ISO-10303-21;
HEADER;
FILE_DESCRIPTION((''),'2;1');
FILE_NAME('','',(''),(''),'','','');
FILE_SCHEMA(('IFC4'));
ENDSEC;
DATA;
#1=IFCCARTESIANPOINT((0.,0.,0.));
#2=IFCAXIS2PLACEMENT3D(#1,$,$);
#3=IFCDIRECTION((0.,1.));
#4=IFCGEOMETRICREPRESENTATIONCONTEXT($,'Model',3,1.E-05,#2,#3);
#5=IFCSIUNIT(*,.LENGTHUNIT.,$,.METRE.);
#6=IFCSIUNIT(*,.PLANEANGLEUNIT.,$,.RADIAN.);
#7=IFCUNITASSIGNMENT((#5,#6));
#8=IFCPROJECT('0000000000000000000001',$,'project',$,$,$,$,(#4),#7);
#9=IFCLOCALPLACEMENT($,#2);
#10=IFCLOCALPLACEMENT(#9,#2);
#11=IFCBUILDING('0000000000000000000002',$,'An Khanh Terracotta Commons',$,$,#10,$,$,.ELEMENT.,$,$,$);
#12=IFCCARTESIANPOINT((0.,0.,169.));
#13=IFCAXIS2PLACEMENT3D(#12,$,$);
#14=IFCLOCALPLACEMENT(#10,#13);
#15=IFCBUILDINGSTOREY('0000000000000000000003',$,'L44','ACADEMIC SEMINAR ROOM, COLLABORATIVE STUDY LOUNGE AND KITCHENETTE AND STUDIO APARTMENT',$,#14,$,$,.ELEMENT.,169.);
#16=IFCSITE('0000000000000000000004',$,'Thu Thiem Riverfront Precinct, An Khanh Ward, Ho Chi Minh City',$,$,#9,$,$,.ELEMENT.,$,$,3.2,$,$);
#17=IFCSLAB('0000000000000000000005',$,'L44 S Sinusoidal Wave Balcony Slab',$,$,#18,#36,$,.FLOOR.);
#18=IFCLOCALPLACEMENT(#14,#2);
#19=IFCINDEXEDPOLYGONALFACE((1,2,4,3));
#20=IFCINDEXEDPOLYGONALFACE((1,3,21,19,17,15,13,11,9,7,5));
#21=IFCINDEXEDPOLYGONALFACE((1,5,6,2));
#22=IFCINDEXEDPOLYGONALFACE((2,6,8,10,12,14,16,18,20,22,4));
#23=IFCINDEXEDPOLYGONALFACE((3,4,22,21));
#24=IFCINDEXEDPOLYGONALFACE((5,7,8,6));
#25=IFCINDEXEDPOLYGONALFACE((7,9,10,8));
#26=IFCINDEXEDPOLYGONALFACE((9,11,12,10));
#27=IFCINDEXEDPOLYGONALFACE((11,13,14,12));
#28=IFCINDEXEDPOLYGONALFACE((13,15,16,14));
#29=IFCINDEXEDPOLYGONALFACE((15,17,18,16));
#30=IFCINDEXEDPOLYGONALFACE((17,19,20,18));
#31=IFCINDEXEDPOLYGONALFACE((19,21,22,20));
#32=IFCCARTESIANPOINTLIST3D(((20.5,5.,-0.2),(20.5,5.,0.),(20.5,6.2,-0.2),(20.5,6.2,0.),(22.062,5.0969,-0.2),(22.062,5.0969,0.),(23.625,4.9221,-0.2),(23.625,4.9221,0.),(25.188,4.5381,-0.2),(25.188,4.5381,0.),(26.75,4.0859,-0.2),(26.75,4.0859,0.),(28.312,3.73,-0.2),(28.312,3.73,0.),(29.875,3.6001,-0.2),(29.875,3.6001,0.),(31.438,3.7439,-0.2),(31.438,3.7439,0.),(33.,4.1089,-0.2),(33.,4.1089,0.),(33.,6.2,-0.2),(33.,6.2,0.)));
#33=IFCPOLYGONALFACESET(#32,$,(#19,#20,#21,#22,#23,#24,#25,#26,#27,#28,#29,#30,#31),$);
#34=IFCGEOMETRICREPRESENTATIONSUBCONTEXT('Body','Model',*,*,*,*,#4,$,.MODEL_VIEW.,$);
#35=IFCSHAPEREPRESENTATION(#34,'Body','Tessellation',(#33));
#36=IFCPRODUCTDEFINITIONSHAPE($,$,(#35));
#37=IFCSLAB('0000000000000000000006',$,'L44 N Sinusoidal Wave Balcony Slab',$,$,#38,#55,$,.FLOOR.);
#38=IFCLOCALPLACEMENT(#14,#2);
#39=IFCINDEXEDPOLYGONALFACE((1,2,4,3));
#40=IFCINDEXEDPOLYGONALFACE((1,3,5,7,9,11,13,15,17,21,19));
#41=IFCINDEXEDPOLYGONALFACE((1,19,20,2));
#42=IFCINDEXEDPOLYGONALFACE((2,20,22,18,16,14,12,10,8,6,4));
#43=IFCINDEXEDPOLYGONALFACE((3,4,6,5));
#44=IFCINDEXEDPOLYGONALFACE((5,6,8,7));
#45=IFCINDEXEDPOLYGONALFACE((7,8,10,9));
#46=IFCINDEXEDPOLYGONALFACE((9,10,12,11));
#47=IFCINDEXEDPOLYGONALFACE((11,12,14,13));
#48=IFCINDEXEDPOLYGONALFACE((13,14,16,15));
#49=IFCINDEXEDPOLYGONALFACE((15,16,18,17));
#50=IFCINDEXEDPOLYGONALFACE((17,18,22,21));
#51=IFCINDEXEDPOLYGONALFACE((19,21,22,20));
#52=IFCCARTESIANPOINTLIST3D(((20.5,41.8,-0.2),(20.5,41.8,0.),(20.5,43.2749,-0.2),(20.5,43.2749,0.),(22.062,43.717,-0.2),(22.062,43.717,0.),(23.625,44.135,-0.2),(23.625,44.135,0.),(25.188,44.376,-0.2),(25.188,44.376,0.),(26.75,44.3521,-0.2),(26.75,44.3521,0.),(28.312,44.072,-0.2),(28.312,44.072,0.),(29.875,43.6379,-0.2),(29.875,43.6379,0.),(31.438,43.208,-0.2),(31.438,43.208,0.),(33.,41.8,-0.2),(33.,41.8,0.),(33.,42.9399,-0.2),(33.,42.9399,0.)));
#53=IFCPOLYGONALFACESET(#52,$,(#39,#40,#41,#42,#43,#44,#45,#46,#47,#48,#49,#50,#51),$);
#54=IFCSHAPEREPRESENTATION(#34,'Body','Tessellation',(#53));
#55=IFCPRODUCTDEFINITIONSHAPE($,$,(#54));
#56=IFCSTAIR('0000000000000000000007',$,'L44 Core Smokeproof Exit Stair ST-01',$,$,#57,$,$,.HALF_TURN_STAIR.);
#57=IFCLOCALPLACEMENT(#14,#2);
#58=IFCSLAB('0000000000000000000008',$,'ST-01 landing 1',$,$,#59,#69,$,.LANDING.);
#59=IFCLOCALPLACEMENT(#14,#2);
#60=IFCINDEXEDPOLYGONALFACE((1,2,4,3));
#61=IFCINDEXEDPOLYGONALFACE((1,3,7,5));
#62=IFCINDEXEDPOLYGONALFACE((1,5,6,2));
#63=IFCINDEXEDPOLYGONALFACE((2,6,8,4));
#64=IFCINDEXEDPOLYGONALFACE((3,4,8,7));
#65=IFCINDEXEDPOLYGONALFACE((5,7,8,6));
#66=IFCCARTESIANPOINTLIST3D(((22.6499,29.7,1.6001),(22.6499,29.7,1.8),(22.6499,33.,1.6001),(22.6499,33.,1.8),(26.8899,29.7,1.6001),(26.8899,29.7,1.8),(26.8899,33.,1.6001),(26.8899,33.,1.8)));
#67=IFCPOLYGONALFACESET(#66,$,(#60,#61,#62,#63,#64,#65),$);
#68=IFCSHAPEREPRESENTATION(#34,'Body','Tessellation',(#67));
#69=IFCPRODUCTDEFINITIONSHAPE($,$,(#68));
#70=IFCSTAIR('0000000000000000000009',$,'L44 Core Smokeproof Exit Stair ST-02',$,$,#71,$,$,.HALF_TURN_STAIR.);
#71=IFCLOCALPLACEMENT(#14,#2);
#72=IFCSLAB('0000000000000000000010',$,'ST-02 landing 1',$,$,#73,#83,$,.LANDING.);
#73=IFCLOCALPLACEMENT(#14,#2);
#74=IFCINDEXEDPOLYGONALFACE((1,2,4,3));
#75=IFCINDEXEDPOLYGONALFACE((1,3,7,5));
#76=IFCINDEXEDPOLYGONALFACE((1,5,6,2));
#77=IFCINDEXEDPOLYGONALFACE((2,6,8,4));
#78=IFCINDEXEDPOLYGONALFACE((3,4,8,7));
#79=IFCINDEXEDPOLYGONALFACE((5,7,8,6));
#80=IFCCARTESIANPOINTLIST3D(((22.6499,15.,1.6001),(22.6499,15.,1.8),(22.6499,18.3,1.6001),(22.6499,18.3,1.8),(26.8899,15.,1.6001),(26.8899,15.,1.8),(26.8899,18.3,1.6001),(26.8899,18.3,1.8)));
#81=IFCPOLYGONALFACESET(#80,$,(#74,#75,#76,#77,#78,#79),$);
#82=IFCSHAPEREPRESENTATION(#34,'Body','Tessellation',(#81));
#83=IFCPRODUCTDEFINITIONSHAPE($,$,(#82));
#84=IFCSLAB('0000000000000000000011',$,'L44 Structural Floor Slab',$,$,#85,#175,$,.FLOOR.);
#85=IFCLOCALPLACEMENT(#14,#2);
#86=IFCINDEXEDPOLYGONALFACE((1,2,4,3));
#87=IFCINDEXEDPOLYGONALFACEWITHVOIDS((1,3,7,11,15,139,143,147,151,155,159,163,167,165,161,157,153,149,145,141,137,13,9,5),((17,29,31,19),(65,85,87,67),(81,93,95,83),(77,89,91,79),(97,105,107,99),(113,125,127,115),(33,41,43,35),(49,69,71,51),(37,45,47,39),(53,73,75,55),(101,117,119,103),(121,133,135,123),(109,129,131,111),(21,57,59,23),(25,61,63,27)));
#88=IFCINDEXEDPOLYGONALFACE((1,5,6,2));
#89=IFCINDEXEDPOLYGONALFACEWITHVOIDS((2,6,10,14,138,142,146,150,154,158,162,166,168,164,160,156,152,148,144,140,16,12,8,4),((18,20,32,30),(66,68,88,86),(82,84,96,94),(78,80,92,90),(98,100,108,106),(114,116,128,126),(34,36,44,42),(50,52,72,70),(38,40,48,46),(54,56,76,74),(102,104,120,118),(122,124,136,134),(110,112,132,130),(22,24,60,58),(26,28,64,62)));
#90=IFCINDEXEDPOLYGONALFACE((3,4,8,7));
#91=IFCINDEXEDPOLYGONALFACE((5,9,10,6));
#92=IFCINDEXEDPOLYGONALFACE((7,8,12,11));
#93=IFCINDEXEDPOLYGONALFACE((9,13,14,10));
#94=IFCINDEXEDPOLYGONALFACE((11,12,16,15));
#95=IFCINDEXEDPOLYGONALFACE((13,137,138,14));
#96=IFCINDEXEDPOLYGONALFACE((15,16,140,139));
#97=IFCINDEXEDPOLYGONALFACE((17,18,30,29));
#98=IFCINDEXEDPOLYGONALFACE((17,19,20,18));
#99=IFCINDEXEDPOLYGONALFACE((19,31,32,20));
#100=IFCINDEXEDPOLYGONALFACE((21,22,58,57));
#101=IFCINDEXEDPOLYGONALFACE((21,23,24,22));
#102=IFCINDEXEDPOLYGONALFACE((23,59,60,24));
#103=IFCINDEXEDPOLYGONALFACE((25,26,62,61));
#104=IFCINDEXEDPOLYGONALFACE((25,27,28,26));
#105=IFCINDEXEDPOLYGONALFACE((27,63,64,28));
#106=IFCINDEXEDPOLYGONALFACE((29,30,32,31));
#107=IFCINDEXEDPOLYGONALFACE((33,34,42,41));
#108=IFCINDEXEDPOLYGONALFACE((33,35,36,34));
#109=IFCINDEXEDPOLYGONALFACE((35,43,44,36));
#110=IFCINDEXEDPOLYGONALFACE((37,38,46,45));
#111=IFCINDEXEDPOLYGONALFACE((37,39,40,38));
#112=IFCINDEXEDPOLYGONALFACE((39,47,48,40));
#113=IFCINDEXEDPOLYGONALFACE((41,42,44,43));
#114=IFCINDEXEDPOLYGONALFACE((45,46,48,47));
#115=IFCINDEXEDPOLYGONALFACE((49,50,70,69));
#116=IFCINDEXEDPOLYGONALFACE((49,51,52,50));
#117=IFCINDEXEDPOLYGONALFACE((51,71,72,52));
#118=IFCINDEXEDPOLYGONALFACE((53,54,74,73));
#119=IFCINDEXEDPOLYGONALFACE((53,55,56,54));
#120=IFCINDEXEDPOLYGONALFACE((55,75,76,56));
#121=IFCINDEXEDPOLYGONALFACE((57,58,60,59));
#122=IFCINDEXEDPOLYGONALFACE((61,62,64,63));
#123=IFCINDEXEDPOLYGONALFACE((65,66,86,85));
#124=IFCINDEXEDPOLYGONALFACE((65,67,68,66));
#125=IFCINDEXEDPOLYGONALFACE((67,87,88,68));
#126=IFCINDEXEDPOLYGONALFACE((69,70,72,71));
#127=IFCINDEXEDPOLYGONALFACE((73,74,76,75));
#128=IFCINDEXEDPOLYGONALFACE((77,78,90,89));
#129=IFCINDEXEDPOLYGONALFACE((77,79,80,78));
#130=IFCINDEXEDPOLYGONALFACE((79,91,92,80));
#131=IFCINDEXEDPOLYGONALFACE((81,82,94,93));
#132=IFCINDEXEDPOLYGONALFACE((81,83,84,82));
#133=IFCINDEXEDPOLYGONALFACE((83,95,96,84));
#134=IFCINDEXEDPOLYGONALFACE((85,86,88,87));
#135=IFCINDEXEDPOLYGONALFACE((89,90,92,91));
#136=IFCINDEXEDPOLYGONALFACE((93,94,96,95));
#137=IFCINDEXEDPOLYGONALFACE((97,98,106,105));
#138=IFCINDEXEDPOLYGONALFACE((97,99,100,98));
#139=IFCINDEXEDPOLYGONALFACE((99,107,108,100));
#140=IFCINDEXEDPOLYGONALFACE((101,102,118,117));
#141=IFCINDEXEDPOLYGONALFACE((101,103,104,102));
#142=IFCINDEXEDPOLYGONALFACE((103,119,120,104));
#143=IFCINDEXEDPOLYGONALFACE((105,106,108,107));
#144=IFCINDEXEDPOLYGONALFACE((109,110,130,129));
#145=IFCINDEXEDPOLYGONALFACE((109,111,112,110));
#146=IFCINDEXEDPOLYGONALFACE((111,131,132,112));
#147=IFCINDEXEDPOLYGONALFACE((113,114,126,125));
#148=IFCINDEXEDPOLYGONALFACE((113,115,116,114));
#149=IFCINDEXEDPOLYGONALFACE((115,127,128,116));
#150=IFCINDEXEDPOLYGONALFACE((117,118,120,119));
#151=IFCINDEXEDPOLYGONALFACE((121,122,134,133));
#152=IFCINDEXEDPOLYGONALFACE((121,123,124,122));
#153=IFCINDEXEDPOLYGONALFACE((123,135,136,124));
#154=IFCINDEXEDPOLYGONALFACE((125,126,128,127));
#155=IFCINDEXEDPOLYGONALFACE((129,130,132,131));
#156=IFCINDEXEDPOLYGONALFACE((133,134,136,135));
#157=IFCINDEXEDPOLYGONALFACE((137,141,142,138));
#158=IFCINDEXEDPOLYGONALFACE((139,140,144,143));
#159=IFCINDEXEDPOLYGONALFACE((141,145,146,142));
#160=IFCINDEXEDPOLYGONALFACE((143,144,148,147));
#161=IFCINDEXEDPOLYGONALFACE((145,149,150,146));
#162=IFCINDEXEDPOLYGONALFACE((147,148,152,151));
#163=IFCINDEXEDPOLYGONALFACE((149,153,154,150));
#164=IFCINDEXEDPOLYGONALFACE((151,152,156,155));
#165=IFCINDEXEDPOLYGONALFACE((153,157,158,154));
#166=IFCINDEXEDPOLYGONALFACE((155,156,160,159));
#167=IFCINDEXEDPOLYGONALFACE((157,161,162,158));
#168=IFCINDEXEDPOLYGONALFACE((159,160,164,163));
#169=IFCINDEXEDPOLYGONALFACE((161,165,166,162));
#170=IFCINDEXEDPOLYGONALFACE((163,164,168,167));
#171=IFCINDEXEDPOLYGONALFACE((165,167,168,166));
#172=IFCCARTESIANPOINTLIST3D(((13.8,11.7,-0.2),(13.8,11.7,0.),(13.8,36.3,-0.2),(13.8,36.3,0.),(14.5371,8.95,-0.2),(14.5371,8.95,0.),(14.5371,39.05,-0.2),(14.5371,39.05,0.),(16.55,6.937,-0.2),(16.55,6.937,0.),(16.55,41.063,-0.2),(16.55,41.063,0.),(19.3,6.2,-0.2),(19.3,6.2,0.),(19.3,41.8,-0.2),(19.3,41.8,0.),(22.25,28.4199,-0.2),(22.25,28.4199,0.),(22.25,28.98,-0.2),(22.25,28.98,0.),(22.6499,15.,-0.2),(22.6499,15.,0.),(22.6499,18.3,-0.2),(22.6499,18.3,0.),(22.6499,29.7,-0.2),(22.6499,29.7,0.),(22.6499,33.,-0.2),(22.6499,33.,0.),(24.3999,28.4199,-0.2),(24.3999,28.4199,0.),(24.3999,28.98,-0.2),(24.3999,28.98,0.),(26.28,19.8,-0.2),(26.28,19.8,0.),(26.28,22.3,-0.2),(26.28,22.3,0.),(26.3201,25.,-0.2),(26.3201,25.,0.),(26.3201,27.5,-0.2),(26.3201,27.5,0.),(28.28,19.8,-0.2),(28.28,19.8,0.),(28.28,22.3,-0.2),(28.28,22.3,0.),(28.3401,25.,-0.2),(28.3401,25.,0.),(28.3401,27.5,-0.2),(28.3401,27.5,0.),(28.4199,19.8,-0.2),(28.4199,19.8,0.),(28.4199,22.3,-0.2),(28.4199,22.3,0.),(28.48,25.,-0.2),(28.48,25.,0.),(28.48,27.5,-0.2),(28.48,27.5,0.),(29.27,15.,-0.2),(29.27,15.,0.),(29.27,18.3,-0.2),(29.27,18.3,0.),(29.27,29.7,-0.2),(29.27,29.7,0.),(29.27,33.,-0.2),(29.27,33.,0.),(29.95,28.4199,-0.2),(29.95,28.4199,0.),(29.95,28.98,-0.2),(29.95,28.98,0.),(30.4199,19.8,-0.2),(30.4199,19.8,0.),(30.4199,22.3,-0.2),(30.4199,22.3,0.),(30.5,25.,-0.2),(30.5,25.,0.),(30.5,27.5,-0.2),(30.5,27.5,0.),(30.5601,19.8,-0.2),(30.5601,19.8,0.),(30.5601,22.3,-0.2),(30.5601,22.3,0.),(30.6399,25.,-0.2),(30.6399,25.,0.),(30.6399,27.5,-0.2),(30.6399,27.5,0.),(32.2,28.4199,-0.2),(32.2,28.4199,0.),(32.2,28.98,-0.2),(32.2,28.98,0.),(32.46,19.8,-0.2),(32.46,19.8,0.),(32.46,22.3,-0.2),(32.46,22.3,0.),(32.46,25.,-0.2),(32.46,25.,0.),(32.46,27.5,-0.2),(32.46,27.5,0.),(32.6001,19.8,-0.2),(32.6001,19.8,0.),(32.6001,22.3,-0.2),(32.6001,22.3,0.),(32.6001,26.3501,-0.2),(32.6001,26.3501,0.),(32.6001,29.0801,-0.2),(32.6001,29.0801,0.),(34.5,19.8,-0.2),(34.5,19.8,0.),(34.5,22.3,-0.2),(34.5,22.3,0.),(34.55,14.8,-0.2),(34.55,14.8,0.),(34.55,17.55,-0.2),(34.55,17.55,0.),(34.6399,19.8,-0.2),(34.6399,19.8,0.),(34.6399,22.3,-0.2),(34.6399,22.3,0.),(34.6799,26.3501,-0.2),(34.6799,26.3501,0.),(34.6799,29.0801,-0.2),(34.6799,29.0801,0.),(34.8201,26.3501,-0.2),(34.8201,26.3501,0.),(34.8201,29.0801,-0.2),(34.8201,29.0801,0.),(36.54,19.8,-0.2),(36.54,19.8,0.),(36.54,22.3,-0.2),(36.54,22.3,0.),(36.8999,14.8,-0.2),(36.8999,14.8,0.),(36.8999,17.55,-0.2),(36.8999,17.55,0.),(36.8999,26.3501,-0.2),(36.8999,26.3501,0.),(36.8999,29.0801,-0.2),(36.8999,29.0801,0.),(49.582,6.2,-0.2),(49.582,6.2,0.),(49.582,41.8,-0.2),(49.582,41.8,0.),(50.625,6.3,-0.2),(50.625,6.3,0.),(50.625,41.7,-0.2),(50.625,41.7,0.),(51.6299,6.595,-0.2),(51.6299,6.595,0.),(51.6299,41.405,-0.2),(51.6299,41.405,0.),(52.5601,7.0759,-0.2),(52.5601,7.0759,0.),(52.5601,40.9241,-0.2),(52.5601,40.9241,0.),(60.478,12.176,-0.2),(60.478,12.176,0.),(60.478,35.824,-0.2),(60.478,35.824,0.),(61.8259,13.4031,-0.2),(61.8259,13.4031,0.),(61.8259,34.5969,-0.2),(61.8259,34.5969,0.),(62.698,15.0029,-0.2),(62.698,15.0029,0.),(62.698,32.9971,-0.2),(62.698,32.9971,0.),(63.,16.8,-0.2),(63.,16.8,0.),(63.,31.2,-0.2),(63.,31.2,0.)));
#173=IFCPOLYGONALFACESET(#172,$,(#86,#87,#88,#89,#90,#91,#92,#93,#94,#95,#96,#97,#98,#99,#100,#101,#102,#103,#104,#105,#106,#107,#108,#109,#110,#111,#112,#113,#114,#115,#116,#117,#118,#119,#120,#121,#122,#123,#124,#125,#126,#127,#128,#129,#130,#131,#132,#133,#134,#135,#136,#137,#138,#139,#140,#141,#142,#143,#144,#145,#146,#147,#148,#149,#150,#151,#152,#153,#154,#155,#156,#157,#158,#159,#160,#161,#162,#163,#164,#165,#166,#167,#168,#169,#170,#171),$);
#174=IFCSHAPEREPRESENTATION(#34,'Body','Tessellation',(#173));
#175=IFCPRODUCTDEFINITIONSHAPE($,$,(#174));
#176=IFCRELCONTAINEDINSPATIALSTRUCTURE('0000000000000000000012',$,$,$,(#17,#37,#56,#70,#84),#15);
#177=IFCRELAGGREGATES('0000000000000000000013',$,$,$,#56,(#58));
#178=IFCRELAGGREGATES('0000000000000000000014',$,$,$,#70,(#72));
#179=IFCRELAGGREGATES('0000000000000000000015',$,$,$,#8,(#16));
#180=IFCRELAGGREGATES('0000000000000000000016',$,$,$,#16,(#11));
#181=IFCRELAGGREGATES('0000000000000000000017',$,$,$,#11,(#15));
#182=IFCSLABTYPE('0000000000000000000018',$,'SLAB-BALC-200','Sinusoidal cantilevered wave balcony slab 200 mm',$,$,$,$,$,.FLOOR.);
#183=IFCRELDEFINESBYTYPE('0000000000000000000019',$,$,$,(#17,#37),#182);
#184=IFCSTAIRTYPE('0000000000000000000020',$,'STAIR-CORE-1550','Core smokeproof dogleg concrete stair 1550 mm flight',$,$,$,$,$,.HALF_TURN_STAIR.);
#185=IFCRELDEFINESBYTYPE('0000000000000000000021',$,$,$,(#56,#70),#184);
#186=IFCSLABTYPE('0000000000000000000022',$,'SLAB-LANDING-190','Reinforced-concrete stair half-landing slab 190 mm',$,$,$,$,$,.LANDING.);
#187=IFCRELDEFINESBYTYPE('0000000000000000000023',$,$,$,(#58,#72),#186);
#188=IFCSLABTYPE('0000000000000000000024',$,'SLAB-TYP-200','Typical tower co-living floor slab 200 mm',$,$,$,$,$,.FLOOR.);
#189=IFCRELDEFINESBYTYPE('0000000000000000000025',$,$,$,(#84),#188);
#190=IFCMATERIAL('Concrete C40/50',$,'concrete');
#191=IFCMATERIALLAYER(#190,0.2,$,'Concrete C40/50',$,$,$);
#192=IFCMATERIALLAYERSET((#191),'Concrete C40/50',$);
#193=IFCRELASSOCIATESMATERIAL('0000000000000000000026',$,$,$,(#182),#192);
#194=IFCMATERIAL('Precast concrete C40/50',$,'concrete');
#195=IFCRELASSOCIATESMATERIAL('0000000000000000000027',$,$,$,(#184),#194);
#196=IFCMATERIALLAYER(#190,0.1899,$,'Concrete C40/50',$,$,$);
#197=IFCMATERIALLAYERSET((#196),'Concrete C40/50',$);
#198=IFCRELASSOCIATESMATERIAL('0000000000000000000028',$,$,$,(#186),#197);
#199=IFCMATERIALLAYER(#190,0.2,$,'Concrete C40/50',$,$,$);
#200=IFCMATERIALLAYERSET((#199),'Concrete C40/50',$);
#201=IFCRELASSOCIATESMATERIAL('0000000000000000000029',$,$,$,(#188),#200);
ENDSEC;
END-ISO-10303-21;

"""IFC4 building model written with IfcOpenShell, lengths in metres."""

from ifc_helpers import new_model, si_unit, direction, frame, origin, place, context, subcontext, project, spatial, polyline, outline, extrude, material, layer, layer_set, type_object, element, aggregate, save


model = new_model("IFC4")

# Units and contexts
model_context = context("Model", 3, precision=1e-05, world=origin(), true_north=direction((0.0, 1.0)))
body_context = subcontext(model_context, "Body", "Model", "MODEL_VIEW")
ifc_project = project(units=[si_unit("LENGTHUNIT", "METRE"), si_unit("PLANEANGLEUNIT", "RADIAN")], contexts=[model_context])

# Site, building, storey
site_placement = place(None, origin())
site = spatial("IfcSite", under=ifc_project, at=site_placement, Name="Thu Thiem Riverfront Precinct, An Khanh Ward, Ho Chi Minh City", CompositionType="ELEMENT", RefElevation=3.2)
building_placement = place(site_placement, origin())
building = spatial("IfcBuilding", under=site, at=building_placement, Name="An Khanh Terracotta Commons", CompositionType="ELEMENT")
storey_placement = place(building_placement, frame((0.0, 0.0, 169.0)))
storey = spatial("IfcBuildingStorey", under=building, at=storey_placement, Name="L44", Description="ACADEMIC SEMINAR ROOM, COLLABORATIVE STUDY LOUNGE AND KITCHENETTE AND STUDIO APARTMENT", CompositionType="ELEMENT", Elevation=169.0)

# Slabs
ifc_material_1 = material(Name="Concrete C40/50", Category="concrete")
ifc_layer_1 = layer(ifc_material_1, 0.2, Name="Concrete C40/50")
ifc_layer_set_1 = layer_set([ifc_layer_1], Name="Concrete C40/50")
slab_type_1 = type_object("IfcSlabType", Name="SLAB-BALC-200", Description="Sinusoidal cantilevered wave balcony slab 200 mm", PredefinedType="FLOOR", material=ifc_layer_set_1)
slab_1_placement = place(storey_placement, frame((0.0, 0.0, -0.2)))
element("IfcSlab", 1, at=slab_1_placement, inside=storey, type_object=slab_type_1, Name="L44 S Sinusoidal Wave Balcony Slab", PredefinedType="FLOOR", context=body_context, shape_type="SweptSolid", body=[
    extrude(outline(polyline([(20.5, 6.2), (20.5, 5.0), (22.062, 5.0969), (23.625, 4.9221), (25.188, 4.5381), (26.75, 4.0859), (28.312, 3.73), (29.875, 3.6001), (31.438, 3.7439), (33.0, 4.1089), (33.0, 6.2), (20.5, 6.2)])), origin(), (0.0, 0.0, 1.0), 0.2),
])
slab_2_placement = place(storey_placement, frame((0.0, 0.0, -0.2)))
element("IfcSlab", 2, at=slab_2_placement, inside=storey, type_object=slab_type_1, Name="L44 N Sinusoidal Wave Balcony Slab", PredefinedType="FLOOR", context=body_context, shape_type="SweptSolid", body=[
    extrude(outline(polyline([(33.0, 41.8), (33.0, 42.9399), (31.438, 43.208), (29.875, 43.6379), (28.312, 44.072), (26.75, 44.3521), (25.188, 44.376), (23.625, 44.135), (22.062, 43.717), (20.5, 43.2749), (20.5, 41.8), (33.0, 41.8)])), origin(), (0.0, 0.0, 1.0), 0.2),
])

# Stairs, slabs
ifc_material_2 = material(Name="Precast concrete C40/50", Category="concrete")
stair_type = type_object("IfcStairType", Name="STAIR-CORE-1550", Description="Core smokeproof dogleg concrete stair 1550 mm flight", PredefinedType="HALF_TURN_STAIR", material=ifc_material_2)
stair_1_placement = place(storey_placement, origin())
stair_1 = element("IfcStair", 3, at=stair_1_placement, inside=storey, type_object=stair_type, Name="L44 Core Smokeproof Exit Stair ST-01", PredefinedType="HALF_TURN_STAIR")
ifc_layer_2 = layer(ifc_material_1, 0.1899, Name="Concrete C40/50")
ifc_layer_set_2 = layer_set([ifc_layer_2], Name="Concrete C40/50")
slab_type_2 = type_object("IfcSlabType", Name="SLAB-LANDING-190", Description="Reinforced-concrete stair half-landing slab 190 mm", PredefinedType="LANDING", material=ifc_layer_set_2)
slab_3_placement = place(storey_placement, frame((0.0, 0.0, 1.6001)))
slab_3 = element("IfcSlab", 4, at=slab_3_placement, type_object=slab_type_2, Name="ST-01 landing 1", PredefinedType="LANDING", context=body_context, shape_type="SweptSolid", body=[
    extrude(outline(polyline([(26.8899, 33.0), (22.6499, 33.0), (22.6499, 29.7), (26.8899, 29.7), (26.8899, 33.0)])), origin(), (0.0, 0.0, 1.0), 0.2),
])
aggregate(stair_1, [slab_3])
stair_2_placement = place(storey_placement, origin())
stair_2 = element("IfcStair", 5, at=stair_2_placement, inside=storey, type_object=stair_type, Name="L44 Core Smokeproof Exit Stair ST-02", PredefinedType="HALF_TURN_STAIR")
slab_4_placement = place(storey_placement, frame((0.0, 0.0, 1.6001)))
slab_4 = element("IfcSlab", 6, at=slab_4_placement, type_object=slab_type_2, Name="ST-02 landing 1", PredefinedType="LANDING", context=body_context, shape_type="SweptSolid", body=[
    extrude(outline(polyline([(26.8899, 18.3), (22.6499, 18.3), (22.6499, 15.0), (26.8899, 15.0), (26.8899, 18.3)])), origin(), (0.0, 0.0, 1.0), 0.2),
])
aggregate(stair_2, [slab_4])

# Slab
ifc_layer_3 = layer(ifc_material_1, 0.2, Name="Concrete C40/50")
ifc_layer_set_3 = layer_set([ifc_layer_3], Name="Concrete C40/50")
slab_type_3 = type_object("IfcSlabType", Name="SLAB-TYP-200", Description="Typical tower co-living floor slab 200 mm", PredefinedType="FLOOR", material=ifc_layer_set_3)
slab_5_placement = place(storey_placement, frame((0.0, 0.0, -0.2)))
element("IfcSlab", 7, at=slab_5_placement, inside=storey, type_object=slab_type_3, Name="L44 Structural Floor Slab", PredefinedType="FLOOR", context=body_context, shape_type="SweptSolid", body=[
    extrude(outline(polyline([(13.8, 11.7), (14.5371, 8.95), (16.55, 6.937), (19.3, 6.2), (49.582, 6.2), (50.625, 6.3), (51.6299, 6.595), (52.5601, 7.0759), (60.478, 12.176), (61.8259, 13.4031), (62.698, 15.0029), (63.0, 16.8), (63.0, 31.2), (62.698, 32.9971), (61.8259, 34.5969), (60.478, 35.824), (52.5601, 40.9241), (51.6299, 41.405), (50.625, 41.7), (49.582, 41.8), (19.3, 41.8), (16.55, 41.063), (14.5371, 39.05), (13.8, 36.3), (13.8, 11.7)]), holes=[polyline([(22.6499, 29.7), (29.27, 29.7), (29.27, 33.0), (22.6499, 33.0), (22.6499, 29.7)]), polyline([(22.6499, 15.0), (29.27, 15.0), (29.27, 18.3), (22.6499, 18.3), (22.6499, 15.0)]), polyline([(32.6001, 26.3501), (34.6799, 26.3501), (34.6799, 29.0801), (32.6001, 29.0801), (32.6001, 26.3501)]), polyline([(34.8201, 26.3501), (36.8999, 26.3501), (36.8999, 29.0801), (34.8201, 29.0801), (34.8201, 26.3501)]), polyline([(34.55, 14.8), (36.8999, 14.8), (36.8999, 17.55), (34.55, 17.55), (34.55, 14.8)]), polyline([(26.3201, 25.0), (28.3401, 25.0), (28.3401, 27.5), (26.3201, 27.5), (26.3201, 25.0)]), polyline([(28.48, 25.0), (30.5, 25.0), (30.5, 27.5), (28.48, 27.5), (28.48, 25.0)]), polyline([(26.28, 19.8), (28.28, 19.8), (28.28, 22.3), (26.28, 22.3), (26.28, 19.8)]), polyline([(28.4199, 19.8), (30.4199, 19.8), (30.4199, 22.3), (28.4199, 22.3), (28.4199, 19.8)]), polyline([(30.6399, 25.0), (32.46, 25.0), (32.46, 27.5), (30.6399, 27.5), (30.6399, 25.0)]), polyline([(30.5601, 19.8), (32.46, 19.8), (32.46, 22.3), (30.5601, 22.3), (30.5601, 19.8)]), polyline([(32.6001, 19.8), (34.5, 19.8), (34.5, 22.3), (32.6001, 22.3), (32.6001, 19.8)]), polyline([(34.6399, 19.8), (36.54, 19.8), (36.54, 22.3), (34.6399, 22.3), (34.6399, 19.8)]), polyline([(22.25, 28.4199), (24.3999, 28.4199), (24.3999, 28.98), (22.25, 28.98), (22.25, 28.4199)]), polyline([(29.95, 28.4199), (32.2, 28.4199), (32.2, 28.98), (29.95, 28.98), (29.95, 28.4199)])]), origin(), (0.0, 0.0, 1.0), 0.2),
])

save(model, "model.ifc")
